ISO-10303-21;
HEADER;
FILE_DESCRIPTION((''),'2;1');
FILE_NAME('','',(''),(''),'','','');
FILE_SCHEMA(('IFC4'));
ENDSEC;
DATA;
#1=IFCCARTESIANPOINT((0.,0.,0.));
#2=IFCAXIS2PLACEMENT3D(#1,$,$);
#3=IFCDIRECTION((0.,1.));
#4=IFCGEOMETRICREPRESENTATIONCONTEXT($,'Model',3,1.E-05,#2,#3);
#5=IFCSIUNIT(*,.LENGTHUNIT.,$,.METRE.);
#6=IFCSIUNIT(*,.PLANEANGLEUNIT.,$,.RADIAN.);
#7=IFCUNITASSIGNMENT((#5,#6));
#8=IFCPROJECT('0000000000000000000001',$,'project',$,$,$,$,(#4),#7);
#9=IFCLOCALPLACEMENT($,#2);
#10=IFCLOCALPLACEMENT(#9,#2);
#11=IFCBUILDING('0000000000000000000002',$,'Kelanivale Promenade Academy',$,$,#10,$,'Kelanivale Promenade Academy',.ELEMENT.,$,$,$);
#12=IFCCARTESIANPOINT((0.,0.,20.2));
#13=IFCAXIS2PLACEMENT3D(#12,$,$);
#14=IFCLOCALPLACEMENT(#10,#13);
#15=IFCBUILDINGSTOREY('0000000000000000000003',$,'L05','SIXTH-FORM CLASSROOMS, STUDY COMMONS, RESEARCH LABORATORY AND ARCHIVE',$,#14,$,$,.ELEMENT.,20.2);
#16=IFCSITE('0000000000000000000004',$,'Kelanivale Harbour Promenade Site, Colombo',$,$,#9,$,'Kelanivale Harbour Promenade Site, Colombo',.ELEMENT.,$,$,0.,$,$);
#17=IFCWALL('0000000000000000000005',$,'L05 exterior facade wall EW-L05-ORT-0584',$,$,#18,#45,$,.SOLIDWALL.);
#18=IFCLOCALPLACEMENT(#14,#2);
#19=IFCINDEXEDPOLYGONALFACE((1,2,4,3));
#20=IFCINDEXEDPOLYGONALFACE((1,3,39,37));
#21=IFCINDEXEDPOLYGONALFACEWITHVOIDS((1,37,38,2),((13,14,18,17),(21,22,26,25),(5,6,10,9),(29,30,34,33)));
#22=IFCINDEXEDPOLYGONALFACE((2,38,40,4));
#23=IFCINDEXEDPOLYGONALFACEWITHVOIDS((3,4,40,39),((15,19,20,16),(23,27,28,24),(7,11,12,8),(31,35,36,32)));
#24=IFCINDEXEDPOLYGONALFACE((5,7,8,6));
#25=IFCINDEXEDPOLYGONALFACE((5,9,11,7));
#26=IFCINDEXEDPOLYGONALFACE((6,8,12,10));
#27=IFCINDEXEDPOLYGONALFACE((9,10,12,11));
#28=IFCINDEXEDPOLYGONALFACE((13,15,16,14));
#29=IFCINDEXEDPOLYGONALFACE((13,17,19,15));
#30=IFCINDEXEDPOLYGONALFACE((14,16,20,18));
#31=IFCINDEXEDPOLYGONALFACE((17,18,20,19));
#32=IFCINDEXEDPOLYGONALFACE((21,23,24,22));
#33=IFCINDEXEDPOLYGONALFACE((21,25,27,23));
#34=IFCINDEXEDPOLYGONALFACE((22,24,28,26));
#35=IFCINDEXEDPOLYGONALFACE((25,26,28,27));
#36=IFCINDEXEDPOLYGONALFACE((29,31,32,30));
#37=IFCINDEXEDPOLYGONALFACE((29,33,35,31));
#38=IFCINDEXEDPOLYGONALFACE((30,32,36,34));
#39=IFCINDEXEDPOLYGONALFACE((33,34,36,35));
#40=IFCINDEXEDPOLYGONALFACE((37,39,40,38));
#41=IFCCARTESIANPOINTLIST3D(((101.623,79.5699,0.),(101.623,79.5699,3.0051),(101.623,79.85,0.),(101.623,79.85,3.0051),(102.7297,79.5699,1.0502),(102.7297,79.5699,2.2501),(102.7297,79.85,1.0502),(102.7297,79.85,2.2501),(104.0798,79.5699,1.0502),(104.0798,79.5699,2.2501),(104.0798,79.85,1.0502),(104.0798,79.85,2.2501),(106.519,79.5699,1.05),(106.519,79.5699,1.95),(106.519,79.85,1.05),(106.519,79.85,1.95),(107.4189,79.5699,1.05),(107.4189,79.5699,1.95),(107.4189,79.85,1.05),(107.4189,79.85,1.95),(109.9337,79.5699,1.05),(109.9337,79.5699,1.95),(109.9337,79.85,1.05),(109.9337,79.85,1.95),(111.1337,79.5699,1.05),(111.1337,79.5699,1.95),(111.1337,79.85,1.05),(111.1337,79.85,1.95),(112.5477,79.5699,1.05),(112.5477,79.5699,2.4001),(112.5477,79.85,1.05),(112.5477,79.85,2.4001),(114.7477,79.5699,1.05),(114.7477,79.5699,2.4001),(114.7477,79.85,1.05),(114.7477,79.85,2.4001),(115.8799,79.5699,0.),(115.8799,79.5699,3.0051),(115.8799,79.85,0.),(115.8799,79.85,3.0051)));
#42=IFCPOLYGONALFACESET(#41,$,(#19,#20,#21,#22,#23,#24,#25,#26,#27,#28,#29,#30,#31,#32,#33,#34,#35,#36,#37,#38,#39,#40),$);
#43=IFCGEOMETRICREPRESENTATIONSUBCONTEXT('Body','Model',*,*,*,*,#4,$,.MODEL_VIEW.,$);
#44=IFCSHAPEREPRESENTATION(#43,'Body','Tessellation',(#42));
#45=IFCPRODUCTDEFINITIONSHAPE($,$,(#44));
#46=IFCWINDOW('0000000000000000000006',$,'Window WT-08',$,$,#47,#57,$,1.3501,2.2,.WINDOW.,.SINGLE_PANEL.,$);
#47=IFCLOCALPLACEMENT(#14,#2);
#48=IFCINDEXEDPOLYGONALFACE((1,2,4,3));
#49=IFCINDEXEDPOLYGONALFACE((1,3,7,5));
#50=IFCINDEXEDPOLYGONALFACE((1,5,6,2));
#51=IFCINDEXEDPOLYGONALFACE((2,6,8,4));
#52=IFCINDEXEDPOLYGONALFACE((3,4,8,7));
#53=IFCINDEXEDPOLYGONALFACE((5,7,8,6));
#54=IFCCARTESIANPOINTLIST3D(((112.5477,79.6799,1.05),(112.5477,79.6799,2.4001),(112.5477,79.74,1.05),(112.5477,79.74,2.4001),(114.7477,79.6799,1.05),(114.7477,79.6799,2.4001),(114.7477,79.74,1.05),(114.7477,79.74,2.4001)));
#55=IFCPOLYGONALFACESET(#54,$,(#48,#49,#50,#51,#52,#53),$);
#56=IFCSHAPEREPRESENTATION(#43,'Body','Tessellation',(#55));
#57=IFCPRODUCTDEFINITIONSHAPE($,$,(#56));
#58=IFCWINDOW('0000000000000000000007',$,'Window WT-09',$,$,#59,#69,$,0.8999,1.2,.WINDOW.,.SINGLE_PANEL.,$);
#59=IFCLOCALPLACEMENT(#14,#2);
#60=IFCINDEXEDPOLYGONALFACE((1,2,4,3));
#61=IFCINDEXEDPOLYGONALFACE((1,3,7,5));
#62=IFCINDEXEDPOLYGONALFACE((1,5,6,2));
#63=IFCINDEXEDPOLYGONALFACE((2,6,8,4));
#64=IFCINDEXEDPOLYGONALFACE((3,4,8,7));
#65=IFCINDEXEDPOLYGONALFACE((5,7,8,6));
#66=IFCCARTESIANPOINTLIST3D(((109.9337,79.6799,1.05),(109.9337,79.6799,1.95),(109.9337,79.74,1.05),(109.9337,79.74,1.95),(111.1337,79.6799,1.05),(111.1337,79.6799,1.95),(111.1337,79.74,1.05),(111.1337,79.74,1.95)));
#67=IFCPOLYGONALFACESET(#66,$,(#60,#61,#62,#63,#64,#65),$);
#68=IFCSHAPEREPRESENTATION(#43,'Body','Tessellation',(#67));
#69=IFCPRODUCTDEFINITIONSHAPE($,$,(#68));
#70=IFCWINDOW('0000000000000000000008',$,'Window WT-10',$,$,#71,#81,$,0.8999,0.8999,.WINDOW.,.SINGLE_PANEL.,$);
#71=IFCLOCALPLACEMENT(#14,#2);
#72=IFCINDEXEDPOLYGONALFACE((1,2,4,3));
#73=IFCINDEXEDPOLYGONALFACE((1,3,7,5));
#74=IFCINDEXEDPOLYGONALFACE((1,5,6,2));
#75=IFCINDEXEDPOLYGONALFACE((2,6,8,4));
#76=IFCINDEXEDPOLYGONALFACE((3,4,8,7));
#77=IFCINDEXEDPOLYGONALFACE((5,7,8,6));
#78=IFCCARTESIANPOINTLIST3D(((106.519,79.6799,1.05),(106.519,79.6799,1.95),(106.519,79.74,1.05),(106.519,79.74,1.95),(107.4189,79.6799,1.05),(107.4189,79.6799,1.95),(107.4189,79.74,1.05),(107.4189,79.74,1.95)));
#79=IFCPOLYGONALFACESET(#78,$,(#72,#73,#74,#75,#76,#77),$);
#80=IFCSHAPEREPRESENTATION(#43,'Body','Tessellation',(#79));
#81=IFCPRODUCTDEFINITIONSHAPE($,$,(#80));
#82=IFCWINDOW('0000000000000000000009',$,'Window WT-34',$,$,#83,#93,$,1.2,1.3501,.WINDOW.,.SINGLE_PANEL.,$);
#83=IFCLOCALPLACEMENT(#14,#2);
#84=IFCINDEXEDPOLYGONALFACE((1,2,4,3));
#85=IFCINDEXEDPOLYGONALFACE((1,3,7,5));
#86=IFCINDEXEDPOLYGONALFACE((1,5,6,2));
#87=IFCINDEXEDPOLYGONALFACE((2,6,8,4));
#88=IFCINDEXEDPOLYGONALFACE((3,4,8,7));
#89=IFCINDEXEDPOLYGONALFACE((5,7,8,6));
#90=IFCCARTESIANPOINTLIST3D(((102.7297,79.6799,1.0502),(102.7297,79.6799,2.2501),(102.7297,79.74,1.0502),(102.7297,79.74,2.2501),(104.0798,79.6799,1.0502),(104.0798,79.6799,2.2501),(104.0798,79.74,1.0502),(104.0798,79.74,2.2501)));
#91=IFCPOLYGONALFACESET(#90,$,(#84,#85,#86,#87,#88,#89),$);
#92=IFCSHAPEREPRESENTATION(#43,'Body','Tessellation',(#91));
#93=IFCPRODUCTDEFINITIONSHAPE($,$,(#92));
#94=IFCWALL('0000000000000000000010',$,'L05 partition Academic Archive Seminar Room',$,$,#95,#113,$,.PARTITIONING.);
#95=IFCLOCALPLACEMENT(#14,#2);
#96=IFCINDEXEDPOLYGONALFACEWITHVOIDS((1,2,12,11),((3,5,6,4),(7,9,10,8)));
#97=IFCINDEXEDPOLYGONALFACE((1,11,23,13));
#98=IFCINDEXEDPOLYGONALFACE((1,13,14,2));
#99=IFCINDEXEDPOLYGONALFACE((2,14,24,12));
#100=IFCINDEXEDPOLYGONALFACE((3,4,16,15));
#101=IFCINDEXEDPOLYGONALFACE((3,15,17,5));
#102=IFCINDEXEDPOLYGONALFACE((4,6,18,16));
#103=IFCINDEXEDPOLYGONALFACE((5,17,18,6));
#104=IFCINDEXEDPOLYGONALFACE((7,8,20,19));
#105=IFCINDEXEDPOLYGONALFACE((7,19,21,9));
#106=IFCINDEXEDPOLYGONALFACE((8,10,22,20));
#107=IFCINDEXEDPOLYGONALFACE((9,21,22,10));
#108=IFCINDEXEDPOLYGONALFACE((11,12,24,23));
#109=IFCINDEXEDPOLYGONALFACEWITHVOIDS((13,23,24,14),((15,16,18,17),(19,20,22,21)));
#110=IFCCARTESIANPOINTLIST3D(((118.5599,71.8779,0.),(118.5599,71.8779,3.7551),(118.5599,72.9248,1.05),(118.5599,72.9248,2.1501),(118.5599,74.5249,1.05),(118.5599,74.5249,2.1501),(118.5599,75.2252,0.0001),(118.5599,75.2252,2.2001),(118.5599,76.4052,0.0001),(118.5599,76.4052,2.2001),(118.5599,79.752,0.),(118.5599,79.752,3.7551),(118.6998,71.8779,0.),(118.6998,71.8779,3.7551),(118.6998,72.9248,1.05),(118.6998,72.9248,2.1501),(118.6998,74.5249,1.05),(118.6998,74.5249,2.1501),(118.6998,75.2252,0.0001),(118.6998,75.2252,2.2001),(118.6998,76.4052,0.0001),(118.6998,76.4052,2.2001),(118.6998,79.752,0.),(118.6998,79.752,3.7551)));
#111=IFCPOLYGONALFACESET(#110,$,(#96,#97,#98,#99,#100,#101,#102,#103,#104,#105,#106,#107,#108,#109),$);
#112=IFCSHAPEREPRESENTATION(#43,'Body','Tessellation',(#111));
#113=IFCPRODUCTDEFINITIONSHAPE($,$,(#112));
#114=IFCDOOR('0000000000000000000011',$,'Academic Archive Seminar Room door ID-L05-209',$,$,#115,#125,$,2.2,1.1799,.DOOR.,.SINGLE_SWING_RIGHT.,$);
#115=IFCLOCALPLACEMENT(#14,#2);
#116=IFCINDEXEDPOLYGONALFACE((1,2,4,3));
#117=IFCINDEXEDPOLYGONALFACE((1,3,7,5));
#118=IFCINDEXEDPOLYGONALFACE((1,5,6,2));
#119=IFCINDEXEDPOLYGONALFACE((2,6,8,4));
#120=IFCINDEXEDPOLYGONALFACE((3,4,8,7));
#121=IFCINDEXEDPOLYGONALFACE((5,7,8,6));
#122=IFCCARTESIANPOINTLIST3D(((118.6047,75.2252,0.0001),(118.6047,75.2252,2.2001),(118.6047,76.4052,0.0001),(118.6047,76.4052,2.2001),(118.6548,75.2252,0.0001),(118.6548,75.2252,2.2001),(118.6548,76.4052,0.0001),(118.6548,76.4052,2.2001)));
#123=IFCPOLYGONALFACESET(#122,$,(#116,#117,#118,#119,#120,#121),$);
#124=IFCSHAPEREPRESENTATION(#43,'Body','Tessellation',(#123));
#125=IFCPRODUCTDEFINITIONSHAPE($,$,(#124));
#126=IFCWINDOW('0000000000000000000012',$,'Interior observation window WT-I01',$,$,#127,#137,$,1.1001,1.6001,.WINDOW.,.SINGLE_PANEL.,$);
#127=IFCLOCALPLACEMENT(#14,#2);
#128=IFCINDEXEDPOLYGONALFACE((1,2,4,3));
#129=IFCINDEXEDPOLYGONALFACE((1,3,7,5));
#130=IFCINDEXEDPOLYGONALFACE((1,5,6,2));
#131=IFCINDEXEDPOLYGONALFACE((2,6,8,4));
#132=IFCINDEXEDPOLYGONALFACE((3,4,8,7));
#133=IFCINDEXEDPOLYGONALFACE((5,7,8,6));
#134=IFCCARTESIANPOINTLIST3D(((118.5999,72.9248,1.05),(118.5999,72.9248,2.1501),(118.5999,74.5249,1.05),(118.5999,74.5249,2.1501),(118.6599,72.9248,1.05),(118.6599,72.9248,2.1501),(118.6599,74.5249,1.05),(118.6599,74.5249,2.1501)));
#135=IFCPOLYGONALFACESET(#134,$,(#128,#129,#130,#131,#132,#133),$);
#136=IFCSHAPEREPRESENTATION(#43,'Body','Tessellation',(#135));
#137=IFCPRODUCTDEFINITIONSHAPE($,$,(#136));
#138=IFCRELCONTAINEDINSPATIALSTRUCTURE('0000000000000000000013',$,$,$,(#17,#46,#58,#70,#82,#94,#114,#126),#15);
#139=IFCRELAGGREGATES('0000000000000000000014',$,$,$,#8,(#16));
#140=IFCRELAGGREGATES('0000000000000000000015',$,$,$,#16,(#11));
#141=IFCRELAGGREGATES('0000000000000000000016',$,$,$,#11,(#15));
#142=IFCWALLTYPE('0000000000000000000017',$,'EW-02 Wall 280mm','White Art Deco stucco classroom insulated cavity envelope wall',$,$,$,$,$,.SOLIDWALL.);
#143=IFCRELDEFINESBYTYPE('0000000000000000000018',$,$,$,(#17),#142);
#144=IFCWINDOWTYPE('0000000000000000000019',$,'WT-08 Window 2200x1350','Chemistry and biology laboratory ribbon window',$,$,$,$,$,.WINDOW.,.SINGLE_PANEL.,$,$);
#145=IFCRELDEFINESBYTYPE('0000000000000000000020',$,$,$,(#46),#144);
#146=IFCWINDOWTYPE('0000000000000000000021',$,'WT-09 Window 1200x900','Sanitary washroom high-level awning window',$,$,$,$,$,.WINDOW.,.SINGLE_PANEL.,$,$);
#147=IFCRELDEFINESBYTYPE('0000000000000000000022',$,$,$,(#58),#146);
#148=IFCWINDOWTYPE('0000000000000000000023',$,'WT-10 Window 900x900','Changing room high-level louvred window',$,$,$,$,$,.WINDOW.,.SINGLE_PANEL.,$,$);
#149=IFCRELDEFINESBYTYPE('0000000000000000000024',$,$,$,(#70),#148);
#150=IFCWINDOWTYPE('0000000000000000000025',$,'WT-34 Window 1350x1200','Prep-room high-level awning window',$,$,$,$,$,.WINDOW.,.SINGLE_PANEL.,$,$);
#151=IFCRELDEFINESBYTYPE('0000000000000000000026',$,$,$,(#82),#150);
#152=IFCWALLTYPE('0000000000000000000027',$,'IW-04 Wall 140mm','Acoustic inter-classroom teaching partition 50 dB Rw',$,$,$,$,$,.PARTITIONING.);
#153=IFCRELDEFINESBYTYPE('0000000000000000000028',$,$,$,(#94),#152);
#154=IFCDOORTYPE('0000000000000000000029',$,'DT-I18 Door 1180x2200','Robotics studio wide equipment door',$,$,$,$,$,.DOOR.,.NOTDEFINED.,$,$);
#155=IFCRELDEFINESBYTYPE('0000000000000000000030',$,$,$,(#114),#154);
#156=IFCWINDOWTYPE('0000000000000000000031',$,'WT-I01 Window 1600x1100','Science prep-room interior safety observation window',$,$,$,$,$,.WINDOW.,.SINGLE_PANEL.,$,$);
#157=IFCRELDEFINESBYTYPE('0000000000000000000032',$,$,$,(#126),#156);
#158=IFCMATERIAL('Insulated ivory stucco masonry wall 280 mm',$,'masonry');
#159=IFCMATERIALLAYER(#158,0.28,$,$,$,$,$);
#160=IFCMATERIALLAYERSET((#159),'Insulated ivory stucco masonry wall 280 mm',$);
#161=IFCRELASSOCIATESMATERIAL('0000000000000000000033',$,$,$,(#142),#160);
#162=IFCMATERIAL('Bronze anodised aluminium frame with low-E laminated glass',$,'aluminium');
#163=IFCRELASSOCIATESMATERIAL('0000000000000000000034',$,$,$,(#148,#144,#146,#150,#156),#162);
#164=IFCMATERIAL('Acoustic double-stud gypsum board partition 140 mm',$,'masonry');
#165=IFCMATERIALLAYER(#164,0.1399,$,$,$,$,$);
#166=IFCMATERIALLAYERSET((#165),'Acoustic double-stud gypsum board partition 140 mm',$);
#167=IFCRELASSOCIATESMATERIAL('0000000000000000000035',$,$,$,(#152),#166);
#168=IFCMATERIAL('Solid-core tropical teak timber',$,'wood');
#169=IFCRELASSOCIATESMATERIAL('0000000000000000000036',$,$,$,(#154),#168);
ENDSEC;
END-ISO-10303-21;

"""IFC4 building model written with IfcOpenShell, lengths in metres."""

from ifc_helpers import new_model, si_unit, direction, frame, frame_2d, origin, place, context, subcontext, project, spatial, rectangle, extrude, material, layer, layer_set, type_object, element, fill, save


model = new_model("IFC4")

# Units and contexts
model_context = context("Model", 3, precision=1e-05, world=origin(), true_north=direction((0.0, 1.0)))
body_context = subcontext(model_context, "Body", "Model", "MODEL_VIEW")
ifc_project = project(units=[si_unit("LENGTHUNIT", "METRE"), si_unit("PLANEANGLEUNIT", "RADIAN")], contexts=[model_context])

# Site, building, storey
site_placement = place(None, origin())
site = spatial("IfcSite", under=ifc_project, at=site_placement, Name="Kelanivale Harbour Promenade Site, Colombo", LongName="Kelanivale Harbour Promenade Site, Colombo", CompositionType="ELEMENT", RefElevation=0.0)
building_placement = place(site_placement, origin())
building = spatial("IfcBuilding", under=site, at=building_placement, Name="Kelanivale Promenade Academy", LongName="Kelanivale Promenade Academy", CompositionType="ELEMENT")
storey_placement = place(building_placement, frame((0.0, 0.0, 20.2)))
storey = spatial("IfcBuildingStorey", under=building, at=storey_placement, Name="L05", Description="SIXTH-FORM CLASSROOMS, STUDY COMMONS, RESEARCH LABORATORY AND ARCHIVE", CompositionType="ELEMENT", Elevation=20.2)

# Shared definitions
ifc_material_1 = material(Name="Insulated ivory stucco masonry wall 280 mm", Category="masonry")
ifc_layer_1 = layer(ifc_material_1, 0.28)
ifc_layer_set_1 = layer_set([ifc_layer_1], Name="Insulated ivory stucco masonry wall 280 mm")
wall_type_1 = type_object("IfcWallType", Name="EW-02 Wall 280mm", Description="White Art Deco stucco classroom insulated cavity envelope wall", PredefinedType="SOLIDWALL", material=ifc_layer_set_1)
ifc_material_2 = material(Name="Bronze anodised aluminium frame with low-E laminated glass", Category="aluminium")
window_type_1 = type_object("IfcWindowType", Name="WT-10 Window 900x900", Description="Changing room high-level louvred window", PartitioningType="SINGLE_PANEL", PredefinedType="WINDOW", material=ifc_material_2)

# Wall, openings, windows
wall_1_placement = place(storey_placement, frame((115.8799, 79.71, 0.0), z_axis=(0.0, 0.0, 1.0), x_axis=(-1.0, 0.0, 0.0)))
wall_1 = element("IfcWall", 1, at=wall_1_placement, inside=storey, type_object=wall_type_1, Name="L05 exterior facade wall EW-L05-ORT-0584", PredefinedType="SOLIDWALL", context=body_context, shape_type="SweptSolid", body=[
    extrude(rectangle(XDim=14.2568, YDim=0.28, at=frame_2d((7.1284, 0.0))), origin(), (0.0, 0.0, 1.0), 3.0051),
])
opening_1_placement = place(wall_1_placement, frame((1.1321, 0.0, 1.05)))
opening_1 = element("IfcOpeningElement", 2, at=opening_1_placement, cuts=wall_1, PredefinedType="OPENING", context=body_context, shape_type="SweptSolid", body=[
    extrude(rectangle(XDim=2.2, YDim=1.3501, at=frame_2d((1.1001, 0.675))), frame((0.0, 0.1499, 0.0), z_axis=(0.0, -1.0, 0.0), x_axis=(1.0, 0.0, 0.0)), (0.0, 0.0, 1.0), 0.3),
])
opening_2_placement = place(wall_1_placement, frame((4.7461, 0.0, 1.05)))
opening_2 = element("IfcOpeningElement", 3, at=opening_2_placement, cuts=wall_1, PredefinedType="OPENING", context=body_context, shape_type="SweptSolid", body=[
    extrude(rectangle(XDim=1.2, YDim=0.8999, at=frame_2d((0.6001, 0.45))), frame((0.0, 0.1499, 0.0), z_axis=(0.0, -1.0, 0.0), x_axis=(1.0, 0.0, 0.0)), (0.0, 0.0, 1.0), 0.3),
])
opening_3_placement = place(wall_1_placement, frame((8.4609, 0.0, 1.05)))
opening_3 = element("IfcOpeningElement", 4, at=opening_3_placement, cuts=wall_1, PredefinedType="OPENING", context=body_context, shape_type="SweptSolid", body=[
    extrude(rectangle(XDim=0.8999, YDim=0.8999, at=frame_2d((0.45, 0.45))), frame((0.0, 0.1499, 0.0), z_axis=(0.0, -1.0, 0.0), x_axis=(1.0, 0.0, 0.0)), (0.0, 0.0, 1.0), 0.3),
])
opening_4_placement = place(wall_1_placement, frame((11.8, 0.0, 1.05)))
opening_4 = element("IfcOpeningElement", 5, at=opening_4_placement, cuts=wall_1, PredefinedType="OPENING", context=body_context, shape_type="SweptSolid", body=[
    extrude(rectangle(XDim=1.3501, YDim=1.2, at=frame_2d((0.675, 0.6001))), frame((0.0, 0.1499, 0.0), z_axis=(0.0, -1.0, 0.0), x_axis=(1.0, 0.0, 0.0)), (0.0, 0.0, 1.0), 0.3),
])
window_type_2 = type_object("IfcWindowType", Name="WT-08 Window 2200x1350", Description="Chemistry and biology laboratory ribbon window", PartitioningType="SINGLE_PANEL", PredefinedType="WINDOW", material=ifc_material_2)
window_1_placement = place(opening_1_placement, origin())
window_1 = element("IfcWindow", 6, at=window_1_placement, inside=storey, type_object=window_type_2, Name="Window WT-08", OverallHeight=1.3501, OverallWidth=2.2, PartitioningType="SINGLE_PANEL", PredefinedType="WINDOW", context=body_context, shape_type="SweptSolid", body=[
    extrude(rectangle(XDim=2.2, YDim=1.3501, at=frame_2d((1.1001, 0.675))), frame((0.0, 0.03, 0.0), z_axis=(0.0, -1.0, 0.0), x_axis=(1.0, 0.0, 0.0)), (0.0, 0.0, 1.0), 0.0601),
])
fill(opening_1, window_1)
window_type_3 = type_object("IfcWindowType", Name="WT-09 Window 1200x900", Description="Sanitary washroom high-level awning window", PartitioningType="SINGLE_PANEL", PredefinedType="WINDOW", material=ifc_material_2)
window_2_placement = place(opening_2_placement, origin())
window_2 = element("IfcWindow", 7, at=window_2_placement, inside=storey, type_object=window_type_3, Name="Window WT-09", OverallHeight=0.8999, OverallWidth=1.2, PartitioningType="SINGLE_PANEL", PredefinedType="WINDOW", context=body_context, shape_type="SweptSolid", body=[
    extrude(rectangle(XDim=1.2, YDim=0.8999, at=frame_2d((0.6001, 0.45))), frame((0.0, 0.03, 0.0), z_axis=(0.0, -1.0, 0.0), x_axis=(1.0, 0.0, 0.0)), (0.0, 0.0, 1.0), 0.0601),
])
fill(opening_2, window_2)
window_3_placement = place(opening_3_placement, origin())
window_3 = element("IfcWindow", 8, at=window_3_placement, inside=storey, type_object=window_type_1, Name="Window WT-10", OverallHeight=0.8999, OverallWidth=0.8999, PartitioningType="SINGLE_PANEL", PredefinedType="WINDOW", context=body_context, shape_type="SweptSolid", body=[
    extrude(rectangle(XDim=0.8999, YDim=0.8999, at=frame_2d((0.45, 0.45))), frame((0.0, 0.03, 0.0), z_axis=(0.0, -1.0, 0.0), x_axis=(1.0, 0.0, 0.0)), (0.0, 0.0, 1.0), 0.0601),
])
fill(opening_3, window_3)
window_type_4 = type_object("IfcWindowType", Name="WT-34 Window 1350x1200", Description="Prep-room high-level awning window", PartitioningType="SINGLE_PANEL", PredefinedType="WINDOW", material=ifc_material_2)
window_4_placement = place(opening_4_placement, origin())
window_4 = element("IfcWindow", 9, at=window_4_placement, inside=storey, type_object=window_type_4, Name="Window WT-34", OverallHeight=1.2, OverallWidth=1.3501, PartitioningType="SINGLE_PANEL", PredefinedType="WINDOW", context=body_context, shape_type="SweptSolid", body=[
    extrude(rectangle(XDim=1.3501, YDim=1.2, at=frame_2d((0.675, 0.6001))), frame((0.0, 0.03, 0.0), z_axis=(0.0, -1.0, 0.0), x_axis=(1.0, 0.0, 0.0)), (0.0, 0.0, 1.0), 0.0601),
])
fill(opening_4, window_4)

# Wall, openings, door, window
ifc_material_3 = material(Name="Acoustic double-stud gypsum board partition 140 mm", Category="masonry")
ifc_layer_2 = layer(ifc_material_3, 0.1399)
ifc_layer_set_2 = layer_set([ifc_layer_2], Name="Acoustic double-stud gypsum board partition 140 mm")
wall_type_2 = type_object("IfcWallType", Name="IW-04 Wall 140mm", Description="Acoustic inter-classroom teaching partition 50 dB Rw", PredefinedType="PARTITIONING", material=ifc_layer_set_2)
wall_2_placement = place(storey_placement, frame((118.6299, 79.752, 0.0), z_axis=(0.0, 0.0, 1.0), x_axis=(0.0, -1.0, 0.0)))
wall_2 = element("IfcWall", 10, at=wall_2_placement, inside=storey, type_object=wall_type_2, Name="L05 partition Academic Archive Seminar Room", PredefinedType="PARTITIONING", context=body_context, shape_type="SweptSolid", body=[
    extrude(rectangle(XDim=7.874, YDim=0.1399, at=frame_2d((3.937, 0.0))), origin(), (0.0, 0.0, 1.0), 3.7551),
])
opening_5_placement = place(wall_2_placement, frame((3.3469, 0.0, 0.0)))
opening_5 = element("IfcOpeningElement", 11, at=opening_5_placement, cuts=wall_2, PredefinedType="OPENING", context=body_context, shape_type="SweptSolid", body=[
    extrude(rectangle(XDim=1.1799, YDim=2.2, at=frame_2d((0.5898, 1.1001))), frame((0.0, 0.0801, 0.0), z_axis=(0.0, -1.0, 0.0), x_axis=(1.0, 0.0, 0.0)), (0.0, 0.0, 1.0), 0.1599),
])
opening_6_placement = place(wall_2_placement, frame((5.2271, 0.0, 1.05)))
opening_6 = element("IfcOpeningElement", 12, at=opening_6_placement, cuts=wall_2, PredefinedType="OPENING", context=body_context, shape_type="SweptSolid", body=[
    extrude(rectangle(XDim=1.6001, YDim=1.1001, at=frame_2d((0.8, 0.55))), frame((0.0, 0.0801, 0.0), z_axis=(0.0, -1.0, 0.0), x_axis=(1.0, 0.0, 0.0)), (0.0, 0.0, 1.0), 0.1599),
])
ifc_material_4 = material(Name="Solid-core tropical teak timber", Category="wood")
door_type_1 = type_object("IfcDoorType", Name="DT-I18 Door 1180x2200", Description="Robotics studio wide equipment door", OperationType="NOTDEFINED", PredefinedType="DOOR", material=ifc_material_4)
door_1_placement = place(opening_5_placement, origin())
door_1 = element("IfcDoor", 13, at=door_1_placement, inside=storey, type_object=door_type_1, Name="Academic Archive Seminar Room door ID-L05-209", OperationType="SINGLE_SWING_RIGHT", OverallHeight=2.2, OverallWidth=1.1799, PredefinedType="DOOR", context=body_context, shape_type="SweptSolid", body=[
    extrude(rectangle(XDim=1.1799, YDim=2.2, at=frame_2d((0.5898, 1.1001))), frame((0.0, 0.0249, 0.0), z_axis=(0.0, -1.0, 0.0), x_axis=(1.0, 0.0, 0.0)), (0.0, 0.0, 1.0), 0.05),
])
fill(opening_5, door_1)
window_type_5 = type_object("IfcWindowType", Name="WT-I01 Window 1600x1100", Description="Science prep-room interior safety observation window", PartitioningType="SINGLE_PANEL", PredefinedType="WINDOW", material=ifc_material_2)
window_5_placement = place(opening_6_placement, origin())
window_5 = element("IfcWindow", 14, at=window_5_placement, inside=storey, type_object=window_type_5, Name="Interior observation window WT-I01", OverallHeight=1.1001, OverallWidth=1.6001, PartitioningType="SINGLE_PANEL", PredefinedType="WINDOW", context=body_context, shape_type="SweptSolid", body=[
    extrude(rectangle(XDim=1.6001, YDim=1.1001, at=frame_2d((0.8, 0.55))), frame((0.0, 0.03, 0.0), z_axis=(0.0, -1.0, 0.0), x_axis=(1.0, 0.0, 0.0)), (0.0, 0.0, 1.0), 0.0601),
])
fill(opening_6, window_5)

save(model, "model.ifc")
